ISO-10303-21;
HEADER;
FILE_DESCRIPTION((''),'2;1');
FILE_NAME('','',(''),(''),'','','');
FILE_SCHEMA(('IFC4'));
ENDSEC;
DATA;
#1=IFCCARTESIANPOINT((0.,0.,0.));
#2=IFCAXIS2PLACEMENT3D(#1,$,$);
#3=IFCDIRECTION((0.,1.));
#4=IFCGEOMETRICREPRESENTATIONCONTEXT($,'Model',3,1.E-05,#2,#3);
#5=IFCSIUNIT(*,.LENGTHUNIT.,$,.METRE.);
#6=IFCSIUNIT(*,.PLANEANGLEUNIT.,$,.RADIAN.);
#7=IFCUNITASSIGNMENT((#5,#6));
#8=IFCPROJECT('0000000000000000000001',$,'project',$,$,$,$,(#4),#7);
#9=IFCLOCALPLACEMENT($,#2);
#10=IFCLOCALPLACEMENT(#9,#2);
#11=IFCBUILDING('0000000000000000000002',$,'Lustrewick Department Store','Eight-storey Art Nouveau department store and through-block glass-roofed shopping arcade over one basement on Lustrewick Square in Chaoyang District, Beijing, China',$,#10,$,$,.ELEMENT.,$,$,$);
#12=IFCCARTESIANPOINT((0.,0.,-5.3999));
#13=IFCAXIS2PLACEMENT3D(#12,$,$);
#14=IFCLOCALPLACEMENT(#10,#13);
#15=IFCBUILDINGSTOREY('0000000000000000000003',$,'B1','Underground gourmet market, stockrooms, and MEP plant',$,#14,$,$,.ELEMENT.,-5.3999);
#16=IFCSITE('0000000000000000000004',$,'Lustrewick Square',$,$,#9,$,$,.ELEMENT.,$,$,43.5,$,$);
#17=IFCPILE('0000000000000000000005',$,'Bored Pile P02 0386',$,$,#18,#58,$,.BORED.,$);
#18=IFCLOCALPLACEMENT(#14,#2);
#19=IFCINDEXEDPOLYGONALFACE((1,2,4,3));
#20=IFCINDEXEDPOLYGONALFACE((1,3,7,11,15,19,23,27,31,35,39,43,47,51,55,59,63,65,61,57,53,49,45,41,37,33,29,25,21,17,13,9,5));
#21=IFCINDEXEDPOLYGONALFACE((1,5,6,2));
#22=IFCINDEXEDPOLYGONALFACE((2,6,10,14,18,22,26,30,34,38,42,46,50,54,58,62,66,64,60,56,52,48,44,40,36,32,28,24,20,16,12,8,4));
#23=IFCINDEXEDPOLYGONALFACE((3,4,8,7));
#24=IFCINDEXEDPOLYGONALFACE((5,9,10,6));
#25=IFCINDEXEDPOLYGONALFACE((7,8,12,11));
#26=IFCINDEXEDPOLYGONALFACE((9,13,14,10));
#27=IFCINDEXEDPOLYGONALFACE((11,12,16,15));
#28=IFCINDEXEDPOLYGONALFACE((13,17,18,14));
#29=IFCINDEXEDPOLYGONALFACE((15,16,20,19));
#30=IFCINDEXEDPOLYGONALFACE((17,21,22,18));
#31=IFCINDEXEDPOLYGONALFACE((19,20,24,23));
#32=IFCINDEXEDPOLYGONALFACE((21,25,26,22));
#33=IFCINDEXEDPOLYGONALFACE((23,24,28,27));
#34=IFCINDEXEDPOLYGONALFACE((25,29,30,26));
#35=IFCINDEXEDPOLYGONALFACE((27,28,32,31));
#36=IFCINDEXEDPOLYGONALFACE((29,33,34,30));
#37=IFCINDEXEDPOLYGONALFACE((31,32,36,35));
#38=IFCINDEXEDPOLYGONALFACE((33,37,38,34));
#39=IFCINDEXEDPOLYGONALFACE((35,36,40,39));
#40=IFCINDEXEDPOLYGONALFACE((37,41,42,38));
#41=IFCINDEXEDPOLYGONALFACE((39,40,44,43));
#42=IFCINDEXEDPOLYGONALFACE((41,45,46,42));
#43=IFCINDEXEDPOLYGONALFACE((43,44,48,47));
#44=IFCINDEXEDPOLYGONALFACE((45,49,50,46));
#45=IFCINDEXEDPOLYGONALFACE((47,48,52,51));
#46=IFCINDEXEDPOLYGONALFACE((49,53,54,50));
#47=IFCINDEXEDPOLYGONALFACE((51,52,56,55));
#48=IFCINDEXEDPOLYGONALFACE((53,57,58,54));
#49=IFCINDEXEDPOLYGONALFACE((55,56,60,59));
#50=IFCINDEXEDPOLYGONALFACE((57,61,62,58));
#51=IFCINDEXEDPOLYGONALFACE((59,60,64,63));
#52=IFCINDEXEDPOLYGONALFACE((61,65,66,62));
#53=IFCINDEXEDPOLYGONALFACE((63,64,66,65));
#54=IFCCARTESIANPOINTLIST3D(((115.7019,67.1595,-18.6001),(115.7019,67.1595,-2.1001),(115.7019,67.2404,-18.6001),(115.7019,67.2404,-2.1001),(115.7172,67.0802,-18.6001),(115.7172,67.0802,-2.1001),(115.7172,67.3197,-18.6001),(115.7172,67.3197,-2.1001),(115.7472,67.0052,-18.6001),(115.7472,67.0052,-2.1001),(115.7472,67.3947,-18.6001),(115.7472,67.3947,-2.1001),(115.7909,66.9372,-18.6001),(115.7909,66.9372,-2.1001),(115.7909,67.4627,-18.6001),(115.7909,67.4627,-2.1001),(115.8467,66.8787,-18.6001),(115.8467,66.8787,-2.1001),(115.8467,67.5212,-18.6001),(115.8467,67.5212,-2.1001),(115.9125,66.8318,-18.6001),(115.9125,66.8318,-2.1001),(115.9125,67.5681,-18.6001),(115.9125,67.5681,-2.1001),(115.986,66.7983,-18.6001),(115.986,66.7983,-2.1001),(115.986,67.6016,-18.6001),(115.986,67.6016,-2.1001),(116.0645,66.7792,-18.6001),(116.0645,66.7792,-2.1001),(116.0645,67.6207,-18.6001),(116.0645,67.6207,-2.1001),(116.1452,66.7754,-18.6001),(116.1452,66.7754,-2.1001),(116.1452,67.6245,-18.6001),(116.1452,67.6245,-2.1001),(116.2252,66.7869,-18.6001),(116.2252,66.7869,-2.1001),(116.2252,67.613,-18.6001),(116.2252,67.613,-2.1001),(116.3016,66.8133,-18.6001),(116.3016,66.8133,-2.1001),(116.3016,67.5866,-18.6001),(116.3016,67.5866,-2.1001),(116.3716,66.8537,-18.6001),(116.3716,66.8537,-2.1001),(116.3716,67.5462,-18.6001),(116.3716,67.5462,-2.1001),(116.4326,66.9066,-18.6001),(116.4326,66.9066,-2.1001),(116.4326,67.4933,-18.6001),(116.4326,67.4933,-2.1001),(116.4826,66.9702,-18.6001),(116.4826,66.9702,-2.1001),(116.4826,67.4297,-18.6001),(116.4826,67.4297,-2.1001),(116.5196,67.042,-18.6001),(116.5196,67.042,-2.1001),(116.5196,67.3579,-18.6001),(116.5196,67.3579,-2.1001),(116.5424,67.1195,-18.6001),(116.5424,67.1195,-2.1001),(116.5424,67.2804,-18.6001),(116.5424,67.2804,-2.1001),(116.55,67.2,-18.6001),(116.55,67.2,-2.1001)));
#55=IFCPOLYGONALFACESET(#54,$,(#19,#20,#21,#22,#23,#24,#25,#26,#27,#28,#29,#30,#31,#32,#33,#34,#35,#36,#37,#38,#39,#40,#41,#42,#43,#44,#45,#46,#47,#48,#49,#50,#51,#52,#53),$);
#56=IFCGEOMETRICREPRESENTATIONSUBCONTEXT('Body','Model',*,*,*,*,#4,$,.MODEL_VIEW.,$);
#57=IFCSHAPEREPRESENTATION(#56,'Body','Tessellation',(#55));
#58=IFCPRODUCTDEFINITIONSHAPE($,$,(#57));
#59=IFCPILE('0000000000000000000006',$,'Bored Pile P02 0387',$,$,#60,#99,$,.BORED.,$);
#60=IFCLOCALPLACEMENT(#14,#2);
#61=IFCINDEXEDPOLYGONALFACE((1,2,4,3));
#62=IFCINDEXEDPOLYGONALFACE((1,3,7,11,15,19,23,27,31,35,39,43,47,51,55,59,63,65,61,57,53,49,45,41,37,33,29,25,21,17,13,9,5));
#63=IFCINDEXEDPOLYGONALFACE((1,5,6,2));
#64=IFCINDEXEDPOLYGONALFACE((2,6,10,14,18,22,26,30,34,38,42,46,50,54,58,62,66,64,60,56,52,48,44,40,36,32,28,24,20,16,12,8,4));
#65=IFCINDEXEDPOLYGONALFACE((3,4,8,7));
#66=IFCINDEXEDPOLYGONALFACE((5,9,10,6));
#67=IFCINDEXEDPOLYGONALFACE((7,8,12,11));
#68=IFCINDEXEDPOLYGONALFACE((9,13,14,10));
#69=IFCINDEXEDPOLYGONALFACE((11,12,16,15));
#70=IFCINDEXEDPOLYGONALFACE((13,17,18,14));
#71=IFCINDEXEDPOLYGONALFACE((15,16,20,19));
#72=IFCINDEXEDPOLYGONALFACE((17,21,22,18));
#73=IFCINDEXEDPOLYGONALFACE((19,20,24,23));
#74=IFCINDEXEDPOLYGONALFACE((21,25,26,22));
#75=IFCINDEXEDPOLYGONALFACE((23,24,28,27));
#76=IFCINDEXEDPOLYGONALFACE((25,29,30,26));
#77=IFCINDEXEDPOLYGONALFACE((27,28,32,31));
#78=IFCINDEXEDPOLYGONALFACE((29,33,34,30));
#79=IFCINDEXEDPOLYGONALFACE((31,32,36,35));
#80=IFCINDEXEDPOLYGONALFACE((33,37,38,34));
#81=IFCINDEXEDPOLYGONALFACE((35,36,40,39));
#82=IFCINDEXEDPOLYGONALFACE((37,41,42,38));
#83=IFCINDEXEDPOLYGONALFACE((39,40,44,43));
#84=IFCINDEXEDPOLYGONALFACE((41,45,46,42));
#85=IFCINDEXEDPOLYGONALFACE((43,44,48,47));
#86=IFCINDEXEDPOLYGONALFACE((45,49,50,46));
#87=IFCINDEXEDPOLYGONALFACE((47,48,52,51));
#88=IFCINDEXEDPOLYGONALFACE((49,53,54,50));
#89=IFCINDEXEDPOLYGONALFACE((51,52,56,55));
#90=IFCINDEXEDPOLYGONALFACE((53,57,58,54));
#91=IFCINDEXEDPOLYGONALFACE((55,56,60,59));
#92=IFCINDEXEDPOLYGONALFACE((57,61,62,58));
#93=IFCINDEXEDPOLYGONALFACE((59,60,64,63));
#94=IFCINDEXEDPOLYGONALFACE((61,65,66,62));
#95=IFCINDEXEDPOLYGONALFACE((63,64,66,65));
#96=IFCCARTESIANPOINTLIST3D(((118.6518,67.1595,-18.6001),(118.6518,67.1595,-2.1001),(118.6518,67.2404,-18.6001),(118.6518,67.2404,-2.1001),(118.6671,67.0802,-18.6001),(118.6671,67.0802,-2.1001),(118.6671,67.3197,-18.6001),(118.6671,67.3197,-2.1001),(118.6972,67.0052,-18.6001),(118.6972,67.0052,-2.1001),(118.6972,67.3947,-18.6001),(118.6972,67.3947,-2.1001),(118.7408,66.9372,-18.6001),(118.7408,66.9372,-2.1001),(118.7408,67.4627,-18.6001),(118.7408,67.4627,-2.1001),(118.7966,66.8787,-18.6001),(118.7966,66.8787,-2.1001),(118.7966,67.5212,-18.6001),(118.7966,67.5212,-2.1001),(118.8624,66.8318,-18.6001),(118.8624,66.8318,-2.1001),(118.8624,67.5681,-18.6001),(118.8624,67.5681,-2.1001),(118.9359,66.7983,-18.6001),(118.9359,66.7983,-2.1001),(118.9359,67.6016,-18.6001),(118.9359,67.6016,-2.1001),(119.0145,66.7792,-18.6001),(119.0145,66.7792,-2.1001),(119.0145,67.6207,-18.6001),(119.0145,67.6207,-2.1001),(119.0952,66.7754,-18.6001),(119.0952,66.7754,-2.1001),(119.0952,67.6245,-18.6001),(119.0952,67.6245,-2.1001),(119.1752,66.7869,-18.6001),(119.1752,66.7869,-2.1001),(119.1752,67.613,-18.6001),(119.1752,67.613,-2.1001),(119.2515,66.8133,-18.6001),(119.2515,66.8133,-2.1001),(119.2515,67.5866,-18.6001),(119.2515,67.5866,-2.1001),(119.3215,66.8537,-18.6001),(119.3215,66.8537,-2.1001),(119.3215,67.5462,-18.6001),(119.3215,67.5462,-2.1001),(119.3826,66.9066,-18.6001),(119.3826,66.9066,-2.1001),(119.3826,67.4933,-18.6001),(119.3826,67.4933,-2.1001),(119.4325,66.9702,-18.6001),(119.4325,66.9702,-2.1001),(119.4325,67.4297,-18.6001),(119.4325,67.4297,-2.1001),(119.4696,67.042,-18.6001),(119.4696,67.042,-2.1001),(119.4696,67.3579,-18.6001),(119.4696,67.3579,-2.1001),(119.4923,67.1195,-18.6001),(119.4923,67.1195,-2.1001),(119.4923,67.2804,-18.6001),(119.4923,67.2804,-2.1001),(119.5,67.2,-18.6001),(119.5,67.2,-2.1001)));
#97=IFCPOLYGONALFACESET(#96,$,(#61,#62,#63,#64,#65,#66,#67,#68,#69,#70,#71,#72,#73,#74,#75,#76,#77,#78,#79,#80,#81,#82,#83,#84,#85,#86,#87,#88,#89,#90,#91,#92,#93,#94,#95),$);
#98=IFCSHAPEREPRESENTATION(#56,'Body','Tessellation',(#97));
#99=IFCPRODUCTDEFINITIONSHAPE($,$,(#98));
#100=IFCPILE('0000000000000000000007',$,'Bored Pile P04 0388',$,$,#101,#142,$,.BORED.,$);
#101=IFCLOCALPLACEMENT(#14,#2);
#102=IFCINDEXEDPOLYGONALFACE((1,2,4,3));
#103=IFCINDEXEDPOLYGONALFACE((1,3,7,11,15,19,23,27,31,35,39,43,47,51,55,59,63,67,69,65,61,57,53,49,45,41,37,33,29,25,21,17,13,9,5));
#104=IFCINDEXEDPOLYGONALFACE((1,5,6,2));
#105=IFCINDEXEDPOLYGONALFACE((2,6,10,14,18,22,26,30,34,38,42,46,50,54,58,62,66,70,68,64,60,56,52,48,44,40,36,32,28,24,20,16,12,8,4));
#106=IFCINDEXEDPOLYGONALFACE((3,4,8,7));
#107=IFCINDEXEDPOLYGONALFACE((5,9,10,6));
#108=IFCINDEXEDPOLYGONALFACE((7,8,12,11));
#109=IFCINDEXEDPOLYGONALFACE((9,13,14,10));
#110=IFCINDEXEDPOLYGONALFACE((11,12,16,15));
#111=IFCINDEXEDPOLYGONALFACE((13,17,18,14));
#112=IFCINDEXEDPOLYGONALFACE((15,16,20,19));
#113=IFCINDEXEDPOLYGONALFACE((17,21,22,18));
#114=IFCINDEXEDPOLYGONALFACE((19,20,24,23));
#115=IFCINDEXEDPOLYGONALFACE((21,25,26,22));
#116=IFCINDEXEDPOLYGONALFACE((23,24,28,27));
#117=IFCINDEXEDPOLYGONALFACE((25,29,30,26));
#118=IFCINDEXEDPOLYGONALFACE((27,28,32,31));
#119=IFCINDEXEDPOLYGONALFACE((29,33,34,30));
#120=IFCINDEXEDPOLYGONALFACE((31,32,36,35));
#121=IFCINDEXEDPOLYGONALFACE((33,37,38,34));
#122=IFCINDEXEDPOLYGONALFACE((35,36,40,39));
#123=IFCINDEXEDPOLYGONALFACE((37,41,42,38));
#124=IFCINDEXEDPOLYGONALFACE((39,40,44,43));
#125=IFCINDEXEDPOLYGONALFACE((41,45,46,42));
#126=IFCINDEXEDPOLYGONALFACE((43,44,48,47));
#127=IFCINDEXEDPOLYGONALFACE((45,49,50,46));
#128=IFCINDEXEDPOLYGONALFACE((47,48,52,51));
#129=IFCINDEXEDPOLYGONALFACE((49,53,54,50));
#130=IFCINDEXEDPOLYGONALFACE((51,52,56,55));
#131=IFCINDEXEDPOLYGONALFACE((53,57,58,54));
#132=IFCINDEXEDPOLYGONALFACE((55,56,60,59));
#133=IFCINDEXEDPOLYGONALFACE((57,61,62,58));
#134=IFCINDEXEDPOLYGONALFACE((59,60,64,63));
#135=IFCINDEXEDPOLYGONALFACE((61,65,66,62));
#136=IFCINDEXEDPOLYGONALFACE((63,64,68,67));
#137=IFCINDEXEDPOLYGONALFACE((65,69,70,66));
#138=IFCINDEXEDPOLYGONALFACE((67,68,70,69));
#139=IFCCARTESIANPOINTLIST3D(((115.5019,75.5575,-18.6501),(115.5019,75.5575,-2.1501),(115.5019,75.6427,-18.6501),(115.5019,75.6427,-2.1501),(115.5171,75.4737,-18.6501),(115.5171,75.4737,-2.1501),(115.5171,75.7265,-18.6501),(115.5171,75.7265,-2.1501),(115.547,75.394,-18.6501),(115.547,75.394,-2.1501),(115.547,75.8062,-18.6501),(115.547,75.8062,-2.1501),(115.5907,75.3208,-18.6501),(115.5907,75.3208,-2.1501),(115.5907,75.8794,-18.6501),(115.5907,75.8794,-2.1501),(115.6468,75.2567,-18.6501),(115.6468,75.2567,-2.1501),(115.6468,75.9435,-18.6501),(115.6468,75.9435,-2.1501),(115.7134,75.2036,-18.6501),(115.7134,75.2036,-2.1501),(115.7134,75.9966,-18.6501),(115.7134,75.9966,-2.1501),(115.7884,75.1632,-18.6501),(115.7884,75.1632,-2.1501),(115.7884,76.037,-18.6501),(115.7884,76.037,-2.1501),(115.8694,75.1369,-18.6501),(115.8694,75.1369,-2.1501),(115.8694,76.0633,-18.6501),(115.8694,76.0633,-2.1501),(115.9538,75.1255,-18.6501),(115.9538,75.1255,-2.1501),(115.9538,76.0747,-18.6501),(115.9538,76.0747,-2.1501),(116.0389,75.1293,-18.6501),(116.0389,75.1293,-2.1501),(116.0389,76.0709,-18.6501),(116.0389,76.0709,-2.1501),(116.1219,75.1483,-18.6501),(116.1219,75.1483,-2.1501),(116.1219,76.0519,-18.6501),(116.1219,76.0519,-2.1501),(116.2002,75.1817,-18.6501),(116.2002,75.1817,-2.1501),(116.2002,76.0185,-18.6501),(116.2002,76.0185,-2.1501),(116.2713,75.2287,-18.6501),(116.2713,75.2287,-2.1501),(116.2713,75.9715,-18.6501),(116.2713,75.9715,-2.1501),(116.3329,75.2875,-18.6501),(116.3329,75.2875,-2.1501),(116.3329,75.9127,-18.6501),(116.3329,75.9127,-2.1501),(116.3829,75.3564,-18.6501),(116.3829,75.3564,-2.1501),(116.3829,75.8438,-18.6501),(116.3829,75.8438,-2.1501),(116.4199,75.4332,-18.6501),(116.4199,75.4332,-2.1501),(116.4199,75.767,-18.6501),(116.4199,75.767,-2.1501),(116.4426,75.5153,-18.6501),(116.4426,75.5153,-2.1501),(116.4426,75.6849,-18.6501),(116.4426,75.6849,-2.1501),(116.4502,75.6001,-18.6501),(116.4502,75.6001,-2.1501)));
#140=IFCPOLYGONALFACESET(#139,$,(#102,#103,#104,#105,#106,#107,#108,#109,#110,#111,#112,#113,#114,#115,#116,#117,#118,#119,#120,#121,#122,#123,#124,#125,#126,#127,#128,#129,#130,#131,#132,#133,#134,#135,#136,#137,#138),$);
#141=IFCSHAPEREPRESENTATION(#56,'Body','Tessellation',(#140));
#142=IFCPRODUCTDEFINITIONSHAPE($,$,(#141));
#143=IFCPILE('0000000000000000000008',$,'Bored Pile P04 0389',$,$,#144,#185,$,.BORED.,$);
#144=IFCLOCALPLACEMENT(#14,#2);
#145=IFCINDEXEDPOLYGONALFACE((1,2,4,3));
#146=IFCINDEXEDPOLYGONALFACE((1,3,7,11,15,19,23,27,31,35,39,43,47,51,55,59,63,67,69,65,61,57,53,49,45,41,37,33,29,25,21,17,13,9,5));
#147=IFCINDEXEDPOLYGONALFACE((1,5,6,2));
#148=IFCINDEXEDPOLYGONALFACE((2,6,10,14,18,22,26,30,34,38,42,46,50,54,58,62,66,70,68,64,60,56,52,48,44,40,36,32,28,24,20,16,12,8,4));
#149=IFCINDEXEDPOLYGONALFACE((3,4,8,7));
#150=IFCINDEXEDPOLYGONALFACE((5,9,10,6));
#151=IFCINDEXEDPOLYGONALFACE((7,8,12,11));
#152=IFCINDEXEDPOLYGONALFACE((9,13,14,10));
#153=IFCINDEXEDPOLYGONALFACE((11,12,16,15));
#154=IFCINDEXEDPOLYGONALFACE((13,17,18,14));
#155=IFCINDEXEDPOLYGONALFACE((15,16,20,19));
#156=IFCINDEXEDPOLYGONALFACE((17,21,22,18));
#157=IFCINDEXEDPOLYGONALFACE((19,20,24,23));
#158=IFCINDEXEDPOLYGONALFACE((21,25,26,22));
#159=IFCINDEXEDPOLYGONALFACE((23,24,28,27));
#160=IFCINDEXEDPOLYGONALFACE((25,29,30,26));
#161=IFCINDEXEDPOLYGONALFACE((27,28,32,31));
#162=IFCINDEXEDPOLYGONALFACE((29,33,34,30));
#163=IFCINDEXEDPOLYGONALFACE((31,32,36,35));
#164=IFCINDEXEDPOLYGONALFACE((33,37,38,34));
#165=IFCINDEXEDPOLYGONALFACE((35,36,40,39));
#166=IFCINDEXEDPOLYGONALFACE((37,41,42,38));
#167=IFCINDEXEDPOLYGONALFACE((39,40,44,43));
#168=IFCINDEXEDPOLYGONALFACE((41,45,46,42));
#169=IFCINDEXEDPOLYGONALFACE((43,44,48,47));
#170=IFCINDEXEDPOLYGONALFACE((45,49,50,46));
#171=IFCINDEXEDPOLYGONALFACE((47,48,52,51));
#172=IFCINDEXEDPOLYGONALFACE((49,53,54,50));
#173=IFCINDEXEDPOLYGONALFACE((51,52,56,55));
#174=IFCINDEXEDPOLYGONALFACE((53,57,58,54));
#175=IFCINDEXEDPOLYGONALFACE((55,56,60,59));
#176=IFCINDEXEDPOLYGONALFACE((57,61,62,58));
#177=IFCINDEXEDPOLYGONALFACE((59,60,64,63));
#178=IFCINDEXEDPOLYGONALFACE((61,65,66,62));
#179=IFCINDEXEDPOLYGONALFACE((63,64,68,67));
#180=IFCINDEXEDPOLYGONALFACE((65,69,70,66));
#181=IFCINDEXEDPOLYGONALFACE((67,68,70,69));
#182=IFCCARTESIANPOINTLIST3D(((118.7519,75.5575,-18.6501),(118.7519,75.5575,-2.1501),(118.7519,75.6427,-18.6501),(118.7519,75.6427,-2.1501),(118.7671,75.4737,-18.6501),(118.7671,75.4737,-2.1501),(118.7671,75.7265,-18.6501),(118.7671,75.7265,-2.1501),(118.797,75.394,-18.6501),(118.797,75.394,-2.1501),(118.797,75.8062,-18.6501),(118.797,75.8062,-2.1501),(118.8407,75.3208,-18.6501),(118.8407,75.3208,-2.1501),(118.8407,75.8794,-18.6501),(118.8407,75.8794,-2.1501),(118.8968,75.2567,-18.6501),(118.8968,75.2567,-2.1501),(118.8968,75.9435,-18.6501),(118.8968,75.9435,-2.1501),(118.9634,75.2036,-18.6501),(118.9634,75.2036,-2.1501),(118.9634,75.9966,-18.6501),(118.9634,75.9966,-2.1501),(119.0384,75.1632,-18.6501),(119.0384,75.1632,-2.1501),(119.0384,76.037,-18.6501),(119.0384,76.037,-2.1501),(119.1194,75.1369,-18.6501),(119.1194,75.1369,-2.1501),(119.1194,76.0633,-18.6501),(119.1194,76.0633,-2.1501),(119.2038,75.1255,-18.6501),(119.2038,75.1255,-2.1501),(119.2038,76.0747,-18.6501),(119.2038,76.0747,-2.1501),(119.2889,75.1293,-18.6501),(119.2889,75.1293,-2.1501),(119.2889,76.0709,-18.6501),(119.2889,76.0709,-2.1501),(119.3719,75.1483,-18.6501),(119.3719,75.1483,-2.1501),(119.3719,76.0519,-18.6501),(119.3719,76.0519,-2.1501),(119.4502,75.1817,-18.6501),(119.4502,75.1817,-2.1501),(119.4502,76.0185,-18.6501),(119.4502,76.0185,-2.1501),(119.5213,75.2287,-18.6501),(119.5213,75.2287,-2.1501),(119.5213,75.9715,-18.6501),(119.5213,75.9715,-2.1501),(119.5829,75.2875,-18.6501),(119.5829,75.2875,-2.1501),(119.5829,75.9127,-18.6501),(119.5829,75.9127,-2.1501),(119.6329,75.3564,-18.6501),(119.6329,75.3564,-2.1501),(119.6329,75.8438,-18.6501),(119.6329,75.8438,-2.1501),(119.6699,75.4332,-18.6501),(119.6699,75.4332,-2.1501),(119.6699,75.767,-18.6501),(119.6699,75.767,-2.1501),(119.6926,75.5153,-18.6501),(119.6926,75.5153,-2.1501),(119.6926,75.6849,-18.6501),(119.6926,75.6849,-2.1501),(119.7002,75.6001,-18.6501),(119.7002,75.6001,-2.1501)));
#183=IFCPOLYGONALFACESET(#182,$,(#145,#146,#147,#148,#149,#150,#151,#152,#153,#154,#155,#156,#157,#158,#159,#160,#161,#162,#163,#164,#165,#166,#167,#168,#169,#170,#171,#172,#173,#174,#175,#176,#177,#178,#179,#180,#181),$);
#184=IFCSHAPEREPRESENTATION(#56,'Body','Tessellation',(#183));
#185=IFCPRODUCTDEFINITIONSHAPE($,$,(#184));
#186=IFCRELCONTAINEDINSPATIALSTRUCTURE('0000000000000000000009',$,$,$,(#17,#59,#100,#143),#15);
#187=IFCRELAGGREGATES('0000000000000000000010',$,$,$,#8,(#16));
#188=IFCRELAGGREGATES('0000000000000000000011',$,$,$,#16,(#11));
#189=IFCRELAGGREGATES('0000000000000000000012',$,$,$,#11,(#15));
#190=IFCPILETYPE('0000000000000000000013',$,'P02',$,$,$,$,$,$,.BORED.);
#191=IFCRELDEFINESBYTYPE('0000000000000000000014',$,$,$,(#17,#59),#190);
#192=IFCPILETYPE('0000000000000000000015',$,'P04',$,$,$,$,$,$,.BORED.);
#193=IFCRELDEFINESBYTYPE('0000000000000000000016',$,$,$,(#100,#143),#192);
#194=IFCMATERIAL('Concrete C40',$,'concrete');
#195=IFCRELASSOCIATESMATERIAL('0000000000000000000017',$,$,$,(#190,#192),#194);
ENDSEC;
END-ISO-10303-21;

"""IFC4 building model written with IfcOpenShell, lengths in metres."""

from ifc_helpers import new_model, si_unit, direction, frame, origin, origin_2d, place, context, subcontext, project, spatial, circle, extrude, material, material_profile, profile_set, type_object, element, save


model = new_model("IFC4")

# Units and contexts
model_context = context("Model", 3, precision=1e-05, world=origin(), true_north=direction((0.0, 1.0)))
body_context = subcontext(model_context, "Body", "Model", "MODEL_VIEW")
ifc_project = project(units=[si_unit("LENGTHUNIT", "METRE"), si_unit("PLANEANGLEUNIT", "RADIAN")], contexts=[model_context])

# Site, building, storey
site_placement = place(None, origin())
site = spatial("IfcSite", under=ifc_project, at=site_placement, Name="Lustrewick Square", CompositionType="ELEMENT", RefElevation=43.5)
building_placement = place(site_placement, origin())
building = spatial("IfcBuilding", under=site, at=building_placement, Name="Lustrewick Department Store", Description="Eight-storey Art Nouveau department store and through-block glass-roofed shopping arcade over one basement on Lustrewick Square in Chaoyang District, Beijing, China", CompositionType="ELEMENT")
storey_placement = place(building_placement, frame((0.0, 0.0, -5.3999)))
storey = spatial("IfcBuildingStorey", under=building, at=storey_placement, Name="B1", Description="Underground gourmet market, stockrooms, and MEP plant", CompositionType="ELEMENT", Elevation=-5.3999)

# Piles
ifc_material_1 = material(Name="Concrete C40", Category="concrete")
ifc_material_profile_1 = material_profile(ifc_material_1, circle(Radius=0.425, at=origin_2d()), Name="PILE D850")
ifc_profile_set_1 = profile_set([ifc_material_profile_1], Name="Concrete C40")
pile_type_1 = type_object("IfcPileType", Name="P02", PredefinedType="BORED", material=ifc_profile_set_1)
for number, where, z_axis, x_axis, name in (
    (1, (116.125, 67.2, -2.1001), (0.0, 0.0, -1.0), (1.0, 0.0, 0.0), "Bored Pile P02 0386"),
    (2, (119.075, 67.2, -2.1001), (0.0, 0.0, -1.0), (1.0, 0.0, 0.0), "Bored Pile P02 0387"),
):
    element("IfcPile", number, at=place(storey_placement, frame(where, z_axis=z_axis, x_axis=x_axis)), inside=storey, type_object=pile_type_1, Name=name, PredefinedType="BORED", context=body_context, shape_type="SweptSolid", body=[
        extrude(circle(Radius=0.425, at=origin_2d()), origin(), (0.0, 0.0, 1.0), 16.5),
    ])
ifc_material_profile_2 = material_profile(ifc_material_1, circle(Radius=0.4751, at=origin_2d()), Name="PILE D950")
ifc_profile_set_2 = profile_set([ifc_material_profile_2], Name="Concrete C40")
pile_type_2 = type_object("IfcPileType", Name="P04", PredefinedType="BORED", material=ifc_profile_set_2)
for number, where, z_axis, x_axis, name in (
    (3, (115.9751, 75.6001, -2.1501), (0.0, 0.0, -1.0), (1.0, 0.0, 0.0), "Bored Pile P04 0388"),
    (4, (119.2251, 75.6001, -2.1501), (0.0, 0.0, -1.0), (1.0, 0.0, 0.0), "Bored Pile P04 0389"),
):
    element("IfcPile", number, at=place(storey_placement, frame(where, z_axis=z_axis, x_axis=x_axis)), inside=storey, type_object=pile_type_2, Name=name, PredefinedType="BORED", context=body_context, shape_type="SweptSolid", body=[
        extrude(circle(Radius=0.4751, at=origin_2d()), origin(), (0.0, 0.0, 1.0), 16.5),
    ])

save(model, "model.ifc")
